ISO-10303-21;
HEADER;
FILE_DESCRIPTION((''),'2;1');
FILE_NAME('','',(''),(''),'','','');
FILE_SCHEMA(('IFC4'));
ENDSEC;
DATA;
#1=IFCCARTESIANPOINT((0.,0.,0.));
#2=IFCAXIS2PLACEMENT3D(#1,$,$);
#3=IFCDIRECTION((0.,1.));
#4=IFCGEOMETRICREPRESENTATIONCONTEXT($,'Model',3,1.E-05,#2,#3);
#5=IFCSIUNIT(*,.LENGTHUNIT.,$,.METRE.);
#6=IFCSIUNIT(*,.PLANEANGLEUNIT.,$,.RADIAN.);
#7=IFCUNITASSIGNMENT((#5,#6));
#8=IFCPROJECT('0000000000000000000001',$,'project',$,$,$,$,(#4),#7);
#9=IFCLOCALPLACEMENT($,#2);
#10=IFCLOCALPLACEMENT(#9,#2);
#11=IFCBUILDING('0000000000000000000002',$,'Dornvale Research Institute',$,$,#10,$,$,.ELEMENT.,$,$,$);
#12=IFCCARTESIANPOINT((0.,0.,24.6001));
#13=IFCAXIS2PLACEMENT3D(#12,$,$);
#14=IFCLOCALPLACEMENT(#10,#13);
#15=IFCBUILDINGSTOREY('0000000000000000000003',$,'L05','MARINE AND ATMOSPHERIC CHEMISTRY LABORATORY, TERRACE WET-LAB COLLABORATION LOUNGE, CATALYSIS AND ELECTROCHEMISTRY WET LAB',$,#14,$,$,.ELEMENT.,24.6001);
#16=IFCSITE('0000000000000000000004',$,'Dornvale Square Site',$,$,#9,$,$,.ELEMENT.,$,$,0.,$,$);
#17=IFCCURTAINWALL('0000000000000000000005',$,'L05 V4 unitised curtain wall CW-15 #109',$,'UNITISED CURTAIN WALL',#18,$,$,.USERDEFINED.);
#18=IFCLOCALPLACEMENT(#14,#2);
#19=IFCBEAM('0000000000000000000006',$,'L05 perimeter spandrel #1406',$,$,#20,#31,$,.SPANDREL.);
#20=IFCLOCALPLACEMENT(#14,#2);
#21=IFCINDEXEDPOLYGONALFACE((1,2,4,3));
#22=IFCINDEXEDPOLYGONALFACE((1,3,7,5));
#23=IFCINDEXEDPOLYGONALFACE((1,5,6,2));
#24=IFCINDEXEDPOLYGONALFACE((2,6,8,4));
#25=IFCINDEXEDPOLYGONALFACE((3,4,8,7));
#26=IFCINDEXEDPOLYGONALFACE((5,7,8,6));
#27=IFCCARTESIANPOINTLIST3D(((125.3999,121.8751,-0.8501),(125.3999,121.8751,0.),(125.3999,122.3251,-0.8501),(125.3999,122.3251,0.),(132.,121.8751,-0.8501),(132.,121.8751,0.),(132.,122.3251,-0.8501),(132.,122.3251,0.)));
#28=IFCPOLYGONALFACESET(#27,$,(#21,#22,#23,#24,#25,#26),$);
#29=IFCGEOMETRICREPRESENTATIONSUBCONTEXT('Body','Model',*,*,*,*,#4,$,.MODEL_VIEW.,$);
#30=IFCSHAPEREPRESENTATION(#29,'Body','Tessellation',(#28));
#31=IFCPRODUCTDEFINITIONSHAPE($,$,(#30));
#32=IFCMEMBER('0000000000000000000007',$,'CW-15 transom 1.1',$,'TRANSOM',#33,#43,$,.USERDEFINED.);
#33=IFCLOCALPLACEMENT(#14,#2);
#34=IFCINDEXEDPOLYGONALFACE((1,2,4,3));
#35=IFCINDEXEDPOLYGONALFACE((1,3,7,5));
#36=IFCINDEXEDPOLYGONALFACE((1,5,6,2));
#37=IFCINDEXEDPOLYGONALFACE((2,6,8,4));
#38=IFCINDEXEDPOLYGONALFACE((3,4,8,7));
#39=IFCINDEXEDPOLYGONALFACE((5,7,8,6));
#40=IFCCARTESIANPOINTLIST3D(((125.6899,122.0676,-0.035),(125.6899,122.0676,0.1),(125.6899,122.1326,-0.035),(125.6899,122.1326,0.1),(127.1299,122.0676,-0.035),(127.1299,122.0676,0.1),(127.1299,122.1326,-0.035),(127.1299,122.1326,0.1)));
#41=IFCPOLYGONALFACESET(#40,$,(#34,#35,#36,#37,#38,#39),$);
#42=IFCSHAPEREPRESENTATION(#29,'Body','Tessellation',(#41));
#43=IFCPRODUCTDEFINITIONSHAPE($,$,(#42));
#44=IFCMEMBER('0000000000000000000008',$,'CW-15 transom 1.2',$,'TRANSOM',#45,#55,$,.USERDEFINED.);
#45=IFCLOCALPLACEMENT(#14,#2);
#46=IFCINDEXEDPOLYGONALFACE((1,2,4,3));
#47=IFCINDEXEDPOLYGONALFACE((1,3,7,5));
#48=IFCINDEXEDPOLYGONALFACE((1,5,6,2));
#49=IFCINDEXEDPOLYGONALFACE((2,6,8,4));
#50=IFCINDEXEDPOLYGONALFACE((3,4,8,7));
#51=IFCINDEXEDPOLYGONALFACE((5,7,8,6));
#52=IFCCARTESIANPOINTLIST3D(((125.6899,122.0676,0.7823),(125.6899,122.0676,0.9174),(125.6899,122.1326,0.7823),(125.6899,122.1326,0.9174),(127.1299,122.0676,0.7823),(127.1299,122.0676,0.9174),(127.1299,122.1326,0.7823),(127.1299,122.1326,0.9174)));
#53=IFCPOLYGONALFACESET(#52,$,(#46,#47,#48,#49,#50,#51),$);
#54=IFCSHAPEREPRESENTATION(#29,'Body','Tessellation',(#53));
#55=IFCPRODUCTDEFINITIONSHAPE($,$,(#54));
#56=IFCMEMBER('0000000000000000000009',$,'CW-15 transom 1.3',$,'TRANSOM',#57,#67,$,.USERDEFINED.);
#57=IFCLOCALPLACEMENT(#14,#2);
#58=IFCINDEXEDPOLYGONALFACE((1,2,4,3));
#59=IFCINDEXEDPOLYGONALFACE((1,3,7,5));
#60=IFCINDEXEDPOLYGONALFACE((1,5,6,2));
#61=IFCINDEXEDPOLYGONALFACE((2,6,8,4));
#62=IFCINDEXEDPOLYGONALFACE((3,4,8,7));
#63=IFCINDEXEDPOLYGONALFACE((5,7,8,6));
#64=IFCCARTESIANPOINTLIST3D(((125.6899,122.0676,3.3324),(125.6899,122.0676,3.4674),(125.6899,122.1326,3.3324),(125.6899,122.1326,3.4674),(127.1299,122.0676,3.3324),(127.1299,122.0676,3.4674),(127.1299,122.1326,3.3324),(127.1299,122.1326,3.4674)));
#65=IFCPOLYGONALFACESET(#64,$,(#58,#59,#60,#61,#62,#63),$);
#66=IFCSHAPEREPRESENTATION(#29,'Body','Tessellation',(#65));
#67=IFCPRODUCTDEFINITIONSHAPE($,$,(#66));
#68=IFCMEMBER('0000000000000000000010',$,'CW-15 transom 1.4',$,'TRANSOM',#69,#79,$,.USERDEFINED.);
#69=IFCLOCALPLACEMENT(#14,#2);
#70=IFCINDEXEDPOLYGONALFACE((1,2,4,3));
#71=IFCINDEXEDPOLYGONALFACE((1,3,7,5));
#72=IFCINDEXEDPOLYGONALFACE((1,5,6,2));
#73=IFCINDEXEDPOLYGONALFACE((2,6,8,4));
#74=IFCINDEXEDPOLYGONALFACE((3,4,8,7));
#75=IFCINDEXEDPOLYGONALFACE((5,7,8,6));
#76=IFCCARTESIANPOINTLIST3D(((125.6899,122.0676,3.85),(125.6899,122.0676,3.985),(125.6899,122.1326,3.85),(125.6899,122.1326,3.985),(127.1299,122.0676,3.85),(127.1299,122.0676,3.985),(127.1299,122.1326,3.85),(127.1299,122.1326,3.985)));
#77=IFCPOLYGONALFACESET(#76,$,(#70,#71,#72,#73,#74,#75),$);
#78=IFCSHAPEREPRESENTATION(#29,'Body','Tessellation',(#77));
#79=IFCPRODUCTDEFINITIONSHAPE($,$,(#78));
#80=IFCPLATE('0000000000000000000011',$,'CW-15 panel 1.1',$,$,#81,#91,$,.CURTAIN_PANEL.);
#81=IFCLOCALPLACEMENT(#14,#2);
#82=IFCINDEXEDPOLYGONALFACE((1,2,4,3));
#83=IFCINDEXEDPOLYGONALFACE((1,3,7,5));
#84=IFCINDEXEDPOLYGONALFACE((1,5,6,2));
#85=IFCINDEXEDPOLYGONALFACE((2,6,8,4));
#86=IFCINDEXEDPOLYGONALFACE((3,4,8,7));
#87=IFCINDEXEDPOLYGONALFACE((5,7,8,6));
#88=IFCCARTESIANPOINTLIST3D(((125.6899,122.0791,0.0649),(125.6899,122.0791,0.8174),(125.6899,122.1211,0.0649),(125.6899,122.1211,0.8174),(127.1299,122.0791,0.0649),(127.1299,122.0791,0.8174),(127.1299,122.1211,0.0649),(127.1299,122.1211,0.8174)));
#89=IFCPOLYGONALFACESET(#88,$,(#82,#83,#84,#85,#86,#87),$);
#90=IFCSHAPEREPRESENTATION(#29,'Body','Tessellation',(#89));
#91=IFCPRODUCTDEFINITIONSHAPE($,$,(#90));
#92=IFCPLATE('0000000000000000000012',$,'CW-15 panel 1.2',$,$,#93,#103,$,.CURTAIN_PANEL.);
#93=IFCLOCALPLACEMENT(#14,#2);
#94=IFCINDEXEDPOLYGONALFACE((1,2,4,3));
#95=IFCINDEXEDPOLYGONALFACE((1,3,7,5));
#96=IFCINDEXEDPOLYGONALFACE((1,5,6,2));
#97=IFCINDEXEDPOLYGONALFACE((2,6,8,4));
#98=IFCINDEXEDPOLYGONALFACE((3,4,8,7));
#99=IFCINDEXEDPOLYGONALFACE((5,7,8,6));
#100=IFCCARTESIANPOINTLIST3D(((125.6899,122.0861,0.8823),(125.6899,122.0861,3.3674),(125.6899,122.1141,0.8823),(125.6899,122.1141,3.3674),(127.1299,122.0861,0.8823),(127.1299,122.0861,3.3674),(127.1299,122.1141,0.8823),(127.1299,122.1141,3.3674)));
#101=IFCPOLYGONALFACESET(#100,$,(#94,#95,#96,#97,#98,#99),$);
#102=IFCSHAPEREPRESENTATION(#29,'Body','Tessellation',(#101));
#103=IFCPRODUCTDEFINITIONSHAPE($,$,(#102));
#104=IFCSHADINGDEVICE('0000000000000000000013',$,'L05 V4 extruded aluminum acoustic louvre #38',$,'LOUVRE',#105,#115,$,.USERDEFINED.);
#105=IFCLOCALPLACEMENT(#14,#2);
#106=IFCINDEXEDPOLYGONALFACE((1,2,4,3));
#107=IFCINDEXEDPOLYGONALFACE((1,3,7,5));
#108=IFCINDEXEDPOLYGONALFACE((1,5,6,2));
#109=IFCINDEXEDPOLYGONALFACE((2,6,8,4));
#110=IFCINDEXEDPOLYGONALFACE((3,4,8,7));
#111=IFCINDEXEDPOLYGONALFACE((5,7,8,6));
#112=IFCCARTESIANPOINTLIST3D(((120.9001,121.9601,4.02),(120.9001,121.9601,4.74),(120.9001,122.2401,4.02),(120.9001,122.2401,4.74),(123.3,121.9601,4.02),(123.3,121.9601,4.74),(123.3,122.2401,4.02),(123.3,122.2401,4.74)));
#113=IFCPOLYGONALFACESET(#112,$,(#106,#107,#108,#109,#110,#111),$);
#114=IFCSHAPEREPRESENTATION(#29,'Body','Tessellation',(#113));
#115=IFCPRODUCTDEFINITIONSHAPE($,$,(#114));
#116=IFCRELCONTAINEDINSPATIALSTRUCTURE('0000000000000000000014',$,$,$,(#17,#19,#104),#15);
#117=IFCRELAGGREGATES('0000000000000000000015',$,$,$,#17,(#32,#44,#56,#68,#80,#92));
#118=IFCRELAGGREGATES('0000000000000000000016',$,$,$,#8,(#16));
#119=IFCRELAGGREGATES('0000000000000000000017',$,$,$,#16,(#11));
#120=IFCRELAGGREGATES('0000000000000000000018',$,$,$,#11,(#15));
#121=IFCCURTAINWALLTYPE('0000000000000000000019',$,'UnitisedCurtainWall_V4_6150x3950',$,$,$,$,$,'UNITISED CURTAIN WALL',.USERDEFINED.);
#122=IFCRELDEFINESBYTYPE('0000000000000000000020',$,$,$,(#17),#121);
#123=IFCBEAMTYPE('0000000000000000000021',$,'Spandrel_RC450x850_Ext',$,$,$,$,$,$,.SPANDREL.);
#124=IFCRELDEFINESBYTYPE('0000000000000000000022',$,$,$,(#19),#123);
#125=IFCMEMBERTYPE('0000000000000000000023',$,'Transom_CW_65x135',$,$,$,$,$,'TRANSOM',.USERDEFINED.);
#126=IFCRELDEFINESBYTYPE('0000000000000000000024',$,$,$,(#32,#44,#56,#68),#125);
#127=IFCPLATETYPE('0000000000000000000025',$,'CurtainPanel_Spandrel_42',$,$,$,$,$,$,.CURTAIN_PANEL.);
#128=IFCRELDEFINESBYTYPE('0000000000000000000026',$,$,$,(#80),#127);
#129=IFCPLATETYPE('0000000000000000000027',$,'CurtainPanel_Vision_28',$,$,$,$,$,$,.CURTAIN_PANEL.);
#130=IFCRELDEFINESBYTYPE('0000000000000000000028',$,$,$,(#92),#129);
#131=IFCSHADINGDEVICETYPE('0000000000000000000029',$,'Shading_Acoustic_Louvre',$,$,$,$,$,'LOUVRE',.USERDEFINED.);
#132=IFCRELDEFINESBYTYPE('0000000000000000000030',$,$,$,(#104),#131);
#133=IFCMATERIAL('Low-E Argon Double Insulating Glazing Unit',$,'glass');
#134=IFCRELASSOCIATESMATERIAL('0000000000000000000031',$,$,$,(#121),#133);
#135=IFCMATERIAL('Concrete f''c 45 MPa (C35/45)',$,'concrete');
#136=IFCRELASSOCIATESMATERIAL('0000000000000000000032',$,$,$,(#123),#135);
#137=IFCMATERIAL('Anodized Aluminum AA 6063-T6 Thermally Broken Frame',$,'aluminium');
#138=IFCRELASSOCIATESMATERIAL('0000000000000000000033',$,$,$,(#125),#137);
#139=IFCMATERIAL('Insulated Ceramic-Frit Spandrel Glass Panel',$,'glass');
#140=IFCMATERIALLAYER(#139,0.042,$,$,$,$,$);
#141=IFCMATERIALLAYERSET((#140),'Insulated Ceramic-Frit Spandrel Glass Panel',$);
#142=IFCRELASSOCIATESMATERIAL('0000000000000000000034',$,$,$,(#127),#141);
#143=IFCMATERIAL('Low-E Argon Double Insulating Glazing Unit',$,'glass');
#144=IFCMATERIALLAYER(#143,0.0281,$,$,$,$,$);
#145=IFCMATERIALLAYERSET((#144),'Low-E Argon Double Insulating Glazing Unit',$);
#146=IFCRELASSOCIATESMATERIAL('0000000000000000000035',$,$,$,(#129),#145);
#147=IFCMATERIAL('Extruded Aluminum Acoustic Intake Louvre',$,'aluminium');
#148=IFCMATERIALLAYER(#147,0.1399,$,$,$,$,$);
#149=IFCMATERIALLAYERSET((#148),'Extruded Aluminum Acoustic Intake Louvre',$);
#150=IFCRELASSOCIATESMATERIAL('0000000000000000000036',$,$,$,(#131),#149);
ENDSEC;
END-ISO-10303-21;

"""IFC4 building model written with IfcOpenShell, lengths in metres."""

from ifc_helpers import new_model, si_unit, direction, frame, origin, origin_2d, place, context, subcontext, project, spatial, rectangle, extrude, material, layer, layer_set, material_profile, profile_set, type_object, element, aggregate, save


model = new_model("IFC4")

# Units and contexts
model_context = context("Model", 3, precision=1e-05, world=origin(), true_north=direction((0.0, 1.0)))
body_context = subcontext(model_context, "Body", "Model", "MODEL_VIEW")
ifc_project = project(units=[si_unit("LENGTHUNIT", "METRE"), si_unit("PLANEANGLEUNIT", "RADIAN")], contexts=[model_context])

# Site, building, storey
site_placement = place(None, origin())
site = spatial("IfcSite", under=ifc_project, at=site_placement, Name="Dornvale Square Site", CompositionType="ELEMENT", RefElevation=0.0)
building_placement = place(site_placement, origin())
building = spatial("IfcBuilding", under=site, at=building_placement, Name="Dornvale Research Institute", CompositionType="ELEMENT")
storey_placement = place(building_placement, frame((0.0, 0.0, 24.6001)))
storey = spatial("IfcBuildingStorey", under=building, at=storey_placement, Name="L05", Description="MARINE AND ATMOSPHERIC CHEMISTRY LABORATORY, TERRACE WET-LAB COLLABORATION LOUNGE, CATALYSIS AND ELECTROCHEMISTRY WET LAB", CompositionType="ELEMENT", Elevation=24.6001)

# Curtain wall
ifc_material_1 = material(Name="Low-E Argon Double Insulating Glazing Unit", Category="glass")
curtain_wall_type = type_object("IfcCurtainWallType", Name="UnitisedCurtainWall_V4_6150x3950", ElementType="UNITISED CURTAIN WALL", PredefinedType="USERDEFINED", material=ifc_material_1)
curtain_wall_placement = place(storey_placement, origin())
curtain_wall = element("IfcCurtainWall", 1, at=curtain_wall_placement, inside=storey, type_object=curtain_wall_type, Name="L05 V4 unitised curtain wall CW-15 #109", ObjectType="UNITISED CURTAIN WALL", PredefinedType="USERDEFINED")

# Beam
ifc_material_2 = material(Name="Concrete f'c 45 MPa (C35/45)", Category="concrete")
ifc_material_profile_1 = material_profile(ifc_material_2, rectangle(XDim=0.45, YDim=0.8501, at=origin_2d()), Name="RC 450x850")
ifc_profile_set_1 = profile_set([ifc_material_profile_1], Name="Concrete f'c 45 MPa (C35/45)")
beam_type_1 = type_object("IfcBeamType", Name="Spandrel_RC450x850_Ext", PredefinedType="SPANDREL", material=ifc_profile_set_1)
beam_1_placement = place(storey_placement, frame((125.3999, 122.1001, -0.425), z_axis=(1.0, 0.0, 0.0), x_axis=(0.0, 1.0, 0.0)))
element("IfcBeam", 2, at=beam_1_placement, inside=storey, type_object=beam_type_1, Name="L05 perimeter spandrel #1406", PredefinedType="SPANDREL", context=body_context, shape_type="SweptSolid", body=[
    extrude(rectangle(XDim=0.45, YDim=0.8501, at=origin_2d()), origin(), (0.0, 0.0, 1.0), 6.6001),
])

# Members
ifc_material_3 = material(Name="Anodized Aluminum AA 6063-T6 Thermally Broken Frame", Category="aluminium")
ifc_material_profile_2 = material_profile(ifc_material_3, rectangle(XDim=0.0649, YDim=0.135, at=origin_2d()), Name="ALU TRANSOM 65x135")
ifc_profile_set_2 = profile_set([ifc_material_profile_2], Name="Anodized Aluminum AA 6063-T6 Thermally Broken Frame")
member_type_1 = type_object("IfcMemberType", Name="Transom_CW_65x135", ElementType="TRANSOM", PredefinedType="USERDEFINED", material=ifc_profile_set_2)
member_1_placement = place(storey_placement, frame((125.6899, 122.1001, 0.0325), z_axis=(1.0, 0.0, 0.0), x_axis=(0.0, 1.0, 0.0)))
member_1 = element("IfcMember", 3, at=member_1_placement, type_object=member_type_1, Name="CW-15 transom 1.1", ObjectType="TRANSOM", PredefinedType="USERDEFINED", context=body_context, shape_type="SweptSolid", body=[
    extrude(rectangle(XDim=0.0649, YDim=0.135, at=origin_2d()), origin(), (0.0, 0.0, 1.0), 1.4399),
])
member_2_placement = place(storey_placement, frame((125.6899, 122.1001, 0.8499), z_axis=(1.0, 0.0, 0.0), x_axis=(0.0, 1.0, 0.0)))
member_2 = element("IfcMember", 4, at=member_2_placement, type_object=member_type_1, Name="CW-15 transom 1.2", ObjectType="TRANSOM", PredefinedType="USERDEFINED", context=body_context, shape_type="SweptSolid", body=[
    extrude(rectangle(XDim=0.0649, YDim=0.135, at=origin_2d()), origin(), (0.0, 0.0, 1.0), 1.4399),
])
member_3_placement = place(storey_placement, frame((125.6899, 122.1001, 3.3999), z_axis=(1.0, 0.0, 0.0), x_axis=(0.0, 1.0, 0.0)))
member_3 = element("IfcMember", 5, at=member_3_placement, type_object=member_type_1, Name="CW-15 transom 1.3", ObjectType="TRANSOM", PredefinedType="USERDEFINED", context=body_context, shape_type="SweptSolid", body=[
    extrude(rectangle(XDim=0.0649, YDim=0.135, at=origin_2d()), origin(), (0.0, 0.0, 1.0), 1.4399),
])
member_4_placement = place(storey_placement, frame((125.6899, 122.1001, 3.9175), z_axis=(1.0, 0.0, 0.0), x_axis=(0.0, 1.0, 0.0)))
member_4 = element("IfcMember", 6, at=member_4_placement, type_object=member_type_1, Name="CW-15 transom 1.4", ObjectType="TRANSOM", PredefinedType="USERDEFINED", context=body_context, shape_type="SweptSolid", body=[
    extrude(rectangle(XDim=0.0649, YDim=0.135, at=origin_2d()), origin(), (0.0, 0.0, 1.0), 1.4399),
])

# Plates
ifc_material_4 = material(Name="Insulated Ceramic-Frit Spandrel Glass Panel", Category="glass")
ifc_layer_1 = layer(ifc_material_4, 0.042)
ifc_layer_set_1 = layer_set([ifc_layer_1], Name="Insulated Ceramic-Frit Spandrel Glass Panel")
plate_type_1 = type_object("IfcPlateType", Name="CurtainPanel_Spandrel_42", PredefinedType="CURTAIN_PANEL", material=ifc_layer_set_1)
plate_1_placement = place(storey_placement, frame((126.4099, 122.1001, 0.0649), z_axis=(0.0, 0.0, 1.0), x_axis=(1.0, 0.0, 0.0)))
plate_1 = element("IfcPlate", 7, at=plate_1_placement, type_object=plate_type_1, Name="CW-15 panel 1.1", PredefinedType="CURTAIN_PANEL", context=body_context, shape_type="SweptSolid", body=[
    extrude(rectangle(XDim=1.4399, YDim=0.042, at=origin_2d()), origin(), (0.0, 0.0, 1.0), 0.7524),
])
ifc_material_5 = material(Name="Low-E Argon Double Insulating Glazing Unit", Category="glass")
ifc_layer_2 = layer(ifc_material_5, 0.0281)
ifc_layer_set_2 = layer_set([ifc_layer_2], Name="Low-E Argon Double Insulating Glazing Unit")
plate_type_2 = type_object("IfcPlateType", Name="CurtainPanel_Vision_28", PredefinedType="CURTAIN_PANEL", material=ifc_layer_set_2)
plate_2_placement = place(storey_placement, frame((126.4099, 122.1001, 0.8823), z_axis=(0.0, 0.0, 1.0), x_axis=(1.0, 0.0, 0.0)))
plate_2 = element("IfcPlate", 8, at=plate_2_placement, type_object=plate_type_2, Name="CW-15 panel 1.2", PredefinedType="CURTAIN_PANEL", context=body_context, shape_type="SweptSolid", body=[
    extrude(rectangle(XDim=1.4399, YDim=0.0281, at=origin_2d()), origin(), (0.0, 0.0, 1.0), 2.4851),
])
aggregate(curtain_wall, [member_1, member_2, member_3, member_4, plate_1, plate_2])

# Shading device
ifc_material_6 = material(Name="Extruded Aluminum Acoustic Intake Louvre", Category="aluminium")
ifc_layer_3 = layer(ifc_material_6, 0.1399)
ifc_layer_set_3 = layer_set([ifc_layer_3], Name="Extruded Aluminum Acoustic Intake Louvre")
shading_device_type = type_object("IfcShadingDeviceType", Name="Shading_Acoustic_Louvre", ElementType="LOUVRE", PredefinedType="USERDEFINED", material=ifc_layer_set_3)
shading_device_placement = place(storey_placement, frame((122.1001, 122.1001, 4.02), z_axis=(0.0, 0.0, 1.0), x_axis=(1.0, 0.0, 0.0)))
element("IfcShadingDevice", 9, at=shading_device_placement, inside=storey, type_object=shading_device_type, Name="L05 V4 extruded aluminum acoustic louvre #38", ObjectType="LOUVRE", PredefinedType="USERDEFINED", context=body_context, shape_type="SweptSolid", body=[
    extrude(rectangle(XDim=2.3999, YDim=0.28, at=origin_2d()), origin(), (0.0, 0.0, 1.0), 0.72),
])

save(model, "model.ifc")
